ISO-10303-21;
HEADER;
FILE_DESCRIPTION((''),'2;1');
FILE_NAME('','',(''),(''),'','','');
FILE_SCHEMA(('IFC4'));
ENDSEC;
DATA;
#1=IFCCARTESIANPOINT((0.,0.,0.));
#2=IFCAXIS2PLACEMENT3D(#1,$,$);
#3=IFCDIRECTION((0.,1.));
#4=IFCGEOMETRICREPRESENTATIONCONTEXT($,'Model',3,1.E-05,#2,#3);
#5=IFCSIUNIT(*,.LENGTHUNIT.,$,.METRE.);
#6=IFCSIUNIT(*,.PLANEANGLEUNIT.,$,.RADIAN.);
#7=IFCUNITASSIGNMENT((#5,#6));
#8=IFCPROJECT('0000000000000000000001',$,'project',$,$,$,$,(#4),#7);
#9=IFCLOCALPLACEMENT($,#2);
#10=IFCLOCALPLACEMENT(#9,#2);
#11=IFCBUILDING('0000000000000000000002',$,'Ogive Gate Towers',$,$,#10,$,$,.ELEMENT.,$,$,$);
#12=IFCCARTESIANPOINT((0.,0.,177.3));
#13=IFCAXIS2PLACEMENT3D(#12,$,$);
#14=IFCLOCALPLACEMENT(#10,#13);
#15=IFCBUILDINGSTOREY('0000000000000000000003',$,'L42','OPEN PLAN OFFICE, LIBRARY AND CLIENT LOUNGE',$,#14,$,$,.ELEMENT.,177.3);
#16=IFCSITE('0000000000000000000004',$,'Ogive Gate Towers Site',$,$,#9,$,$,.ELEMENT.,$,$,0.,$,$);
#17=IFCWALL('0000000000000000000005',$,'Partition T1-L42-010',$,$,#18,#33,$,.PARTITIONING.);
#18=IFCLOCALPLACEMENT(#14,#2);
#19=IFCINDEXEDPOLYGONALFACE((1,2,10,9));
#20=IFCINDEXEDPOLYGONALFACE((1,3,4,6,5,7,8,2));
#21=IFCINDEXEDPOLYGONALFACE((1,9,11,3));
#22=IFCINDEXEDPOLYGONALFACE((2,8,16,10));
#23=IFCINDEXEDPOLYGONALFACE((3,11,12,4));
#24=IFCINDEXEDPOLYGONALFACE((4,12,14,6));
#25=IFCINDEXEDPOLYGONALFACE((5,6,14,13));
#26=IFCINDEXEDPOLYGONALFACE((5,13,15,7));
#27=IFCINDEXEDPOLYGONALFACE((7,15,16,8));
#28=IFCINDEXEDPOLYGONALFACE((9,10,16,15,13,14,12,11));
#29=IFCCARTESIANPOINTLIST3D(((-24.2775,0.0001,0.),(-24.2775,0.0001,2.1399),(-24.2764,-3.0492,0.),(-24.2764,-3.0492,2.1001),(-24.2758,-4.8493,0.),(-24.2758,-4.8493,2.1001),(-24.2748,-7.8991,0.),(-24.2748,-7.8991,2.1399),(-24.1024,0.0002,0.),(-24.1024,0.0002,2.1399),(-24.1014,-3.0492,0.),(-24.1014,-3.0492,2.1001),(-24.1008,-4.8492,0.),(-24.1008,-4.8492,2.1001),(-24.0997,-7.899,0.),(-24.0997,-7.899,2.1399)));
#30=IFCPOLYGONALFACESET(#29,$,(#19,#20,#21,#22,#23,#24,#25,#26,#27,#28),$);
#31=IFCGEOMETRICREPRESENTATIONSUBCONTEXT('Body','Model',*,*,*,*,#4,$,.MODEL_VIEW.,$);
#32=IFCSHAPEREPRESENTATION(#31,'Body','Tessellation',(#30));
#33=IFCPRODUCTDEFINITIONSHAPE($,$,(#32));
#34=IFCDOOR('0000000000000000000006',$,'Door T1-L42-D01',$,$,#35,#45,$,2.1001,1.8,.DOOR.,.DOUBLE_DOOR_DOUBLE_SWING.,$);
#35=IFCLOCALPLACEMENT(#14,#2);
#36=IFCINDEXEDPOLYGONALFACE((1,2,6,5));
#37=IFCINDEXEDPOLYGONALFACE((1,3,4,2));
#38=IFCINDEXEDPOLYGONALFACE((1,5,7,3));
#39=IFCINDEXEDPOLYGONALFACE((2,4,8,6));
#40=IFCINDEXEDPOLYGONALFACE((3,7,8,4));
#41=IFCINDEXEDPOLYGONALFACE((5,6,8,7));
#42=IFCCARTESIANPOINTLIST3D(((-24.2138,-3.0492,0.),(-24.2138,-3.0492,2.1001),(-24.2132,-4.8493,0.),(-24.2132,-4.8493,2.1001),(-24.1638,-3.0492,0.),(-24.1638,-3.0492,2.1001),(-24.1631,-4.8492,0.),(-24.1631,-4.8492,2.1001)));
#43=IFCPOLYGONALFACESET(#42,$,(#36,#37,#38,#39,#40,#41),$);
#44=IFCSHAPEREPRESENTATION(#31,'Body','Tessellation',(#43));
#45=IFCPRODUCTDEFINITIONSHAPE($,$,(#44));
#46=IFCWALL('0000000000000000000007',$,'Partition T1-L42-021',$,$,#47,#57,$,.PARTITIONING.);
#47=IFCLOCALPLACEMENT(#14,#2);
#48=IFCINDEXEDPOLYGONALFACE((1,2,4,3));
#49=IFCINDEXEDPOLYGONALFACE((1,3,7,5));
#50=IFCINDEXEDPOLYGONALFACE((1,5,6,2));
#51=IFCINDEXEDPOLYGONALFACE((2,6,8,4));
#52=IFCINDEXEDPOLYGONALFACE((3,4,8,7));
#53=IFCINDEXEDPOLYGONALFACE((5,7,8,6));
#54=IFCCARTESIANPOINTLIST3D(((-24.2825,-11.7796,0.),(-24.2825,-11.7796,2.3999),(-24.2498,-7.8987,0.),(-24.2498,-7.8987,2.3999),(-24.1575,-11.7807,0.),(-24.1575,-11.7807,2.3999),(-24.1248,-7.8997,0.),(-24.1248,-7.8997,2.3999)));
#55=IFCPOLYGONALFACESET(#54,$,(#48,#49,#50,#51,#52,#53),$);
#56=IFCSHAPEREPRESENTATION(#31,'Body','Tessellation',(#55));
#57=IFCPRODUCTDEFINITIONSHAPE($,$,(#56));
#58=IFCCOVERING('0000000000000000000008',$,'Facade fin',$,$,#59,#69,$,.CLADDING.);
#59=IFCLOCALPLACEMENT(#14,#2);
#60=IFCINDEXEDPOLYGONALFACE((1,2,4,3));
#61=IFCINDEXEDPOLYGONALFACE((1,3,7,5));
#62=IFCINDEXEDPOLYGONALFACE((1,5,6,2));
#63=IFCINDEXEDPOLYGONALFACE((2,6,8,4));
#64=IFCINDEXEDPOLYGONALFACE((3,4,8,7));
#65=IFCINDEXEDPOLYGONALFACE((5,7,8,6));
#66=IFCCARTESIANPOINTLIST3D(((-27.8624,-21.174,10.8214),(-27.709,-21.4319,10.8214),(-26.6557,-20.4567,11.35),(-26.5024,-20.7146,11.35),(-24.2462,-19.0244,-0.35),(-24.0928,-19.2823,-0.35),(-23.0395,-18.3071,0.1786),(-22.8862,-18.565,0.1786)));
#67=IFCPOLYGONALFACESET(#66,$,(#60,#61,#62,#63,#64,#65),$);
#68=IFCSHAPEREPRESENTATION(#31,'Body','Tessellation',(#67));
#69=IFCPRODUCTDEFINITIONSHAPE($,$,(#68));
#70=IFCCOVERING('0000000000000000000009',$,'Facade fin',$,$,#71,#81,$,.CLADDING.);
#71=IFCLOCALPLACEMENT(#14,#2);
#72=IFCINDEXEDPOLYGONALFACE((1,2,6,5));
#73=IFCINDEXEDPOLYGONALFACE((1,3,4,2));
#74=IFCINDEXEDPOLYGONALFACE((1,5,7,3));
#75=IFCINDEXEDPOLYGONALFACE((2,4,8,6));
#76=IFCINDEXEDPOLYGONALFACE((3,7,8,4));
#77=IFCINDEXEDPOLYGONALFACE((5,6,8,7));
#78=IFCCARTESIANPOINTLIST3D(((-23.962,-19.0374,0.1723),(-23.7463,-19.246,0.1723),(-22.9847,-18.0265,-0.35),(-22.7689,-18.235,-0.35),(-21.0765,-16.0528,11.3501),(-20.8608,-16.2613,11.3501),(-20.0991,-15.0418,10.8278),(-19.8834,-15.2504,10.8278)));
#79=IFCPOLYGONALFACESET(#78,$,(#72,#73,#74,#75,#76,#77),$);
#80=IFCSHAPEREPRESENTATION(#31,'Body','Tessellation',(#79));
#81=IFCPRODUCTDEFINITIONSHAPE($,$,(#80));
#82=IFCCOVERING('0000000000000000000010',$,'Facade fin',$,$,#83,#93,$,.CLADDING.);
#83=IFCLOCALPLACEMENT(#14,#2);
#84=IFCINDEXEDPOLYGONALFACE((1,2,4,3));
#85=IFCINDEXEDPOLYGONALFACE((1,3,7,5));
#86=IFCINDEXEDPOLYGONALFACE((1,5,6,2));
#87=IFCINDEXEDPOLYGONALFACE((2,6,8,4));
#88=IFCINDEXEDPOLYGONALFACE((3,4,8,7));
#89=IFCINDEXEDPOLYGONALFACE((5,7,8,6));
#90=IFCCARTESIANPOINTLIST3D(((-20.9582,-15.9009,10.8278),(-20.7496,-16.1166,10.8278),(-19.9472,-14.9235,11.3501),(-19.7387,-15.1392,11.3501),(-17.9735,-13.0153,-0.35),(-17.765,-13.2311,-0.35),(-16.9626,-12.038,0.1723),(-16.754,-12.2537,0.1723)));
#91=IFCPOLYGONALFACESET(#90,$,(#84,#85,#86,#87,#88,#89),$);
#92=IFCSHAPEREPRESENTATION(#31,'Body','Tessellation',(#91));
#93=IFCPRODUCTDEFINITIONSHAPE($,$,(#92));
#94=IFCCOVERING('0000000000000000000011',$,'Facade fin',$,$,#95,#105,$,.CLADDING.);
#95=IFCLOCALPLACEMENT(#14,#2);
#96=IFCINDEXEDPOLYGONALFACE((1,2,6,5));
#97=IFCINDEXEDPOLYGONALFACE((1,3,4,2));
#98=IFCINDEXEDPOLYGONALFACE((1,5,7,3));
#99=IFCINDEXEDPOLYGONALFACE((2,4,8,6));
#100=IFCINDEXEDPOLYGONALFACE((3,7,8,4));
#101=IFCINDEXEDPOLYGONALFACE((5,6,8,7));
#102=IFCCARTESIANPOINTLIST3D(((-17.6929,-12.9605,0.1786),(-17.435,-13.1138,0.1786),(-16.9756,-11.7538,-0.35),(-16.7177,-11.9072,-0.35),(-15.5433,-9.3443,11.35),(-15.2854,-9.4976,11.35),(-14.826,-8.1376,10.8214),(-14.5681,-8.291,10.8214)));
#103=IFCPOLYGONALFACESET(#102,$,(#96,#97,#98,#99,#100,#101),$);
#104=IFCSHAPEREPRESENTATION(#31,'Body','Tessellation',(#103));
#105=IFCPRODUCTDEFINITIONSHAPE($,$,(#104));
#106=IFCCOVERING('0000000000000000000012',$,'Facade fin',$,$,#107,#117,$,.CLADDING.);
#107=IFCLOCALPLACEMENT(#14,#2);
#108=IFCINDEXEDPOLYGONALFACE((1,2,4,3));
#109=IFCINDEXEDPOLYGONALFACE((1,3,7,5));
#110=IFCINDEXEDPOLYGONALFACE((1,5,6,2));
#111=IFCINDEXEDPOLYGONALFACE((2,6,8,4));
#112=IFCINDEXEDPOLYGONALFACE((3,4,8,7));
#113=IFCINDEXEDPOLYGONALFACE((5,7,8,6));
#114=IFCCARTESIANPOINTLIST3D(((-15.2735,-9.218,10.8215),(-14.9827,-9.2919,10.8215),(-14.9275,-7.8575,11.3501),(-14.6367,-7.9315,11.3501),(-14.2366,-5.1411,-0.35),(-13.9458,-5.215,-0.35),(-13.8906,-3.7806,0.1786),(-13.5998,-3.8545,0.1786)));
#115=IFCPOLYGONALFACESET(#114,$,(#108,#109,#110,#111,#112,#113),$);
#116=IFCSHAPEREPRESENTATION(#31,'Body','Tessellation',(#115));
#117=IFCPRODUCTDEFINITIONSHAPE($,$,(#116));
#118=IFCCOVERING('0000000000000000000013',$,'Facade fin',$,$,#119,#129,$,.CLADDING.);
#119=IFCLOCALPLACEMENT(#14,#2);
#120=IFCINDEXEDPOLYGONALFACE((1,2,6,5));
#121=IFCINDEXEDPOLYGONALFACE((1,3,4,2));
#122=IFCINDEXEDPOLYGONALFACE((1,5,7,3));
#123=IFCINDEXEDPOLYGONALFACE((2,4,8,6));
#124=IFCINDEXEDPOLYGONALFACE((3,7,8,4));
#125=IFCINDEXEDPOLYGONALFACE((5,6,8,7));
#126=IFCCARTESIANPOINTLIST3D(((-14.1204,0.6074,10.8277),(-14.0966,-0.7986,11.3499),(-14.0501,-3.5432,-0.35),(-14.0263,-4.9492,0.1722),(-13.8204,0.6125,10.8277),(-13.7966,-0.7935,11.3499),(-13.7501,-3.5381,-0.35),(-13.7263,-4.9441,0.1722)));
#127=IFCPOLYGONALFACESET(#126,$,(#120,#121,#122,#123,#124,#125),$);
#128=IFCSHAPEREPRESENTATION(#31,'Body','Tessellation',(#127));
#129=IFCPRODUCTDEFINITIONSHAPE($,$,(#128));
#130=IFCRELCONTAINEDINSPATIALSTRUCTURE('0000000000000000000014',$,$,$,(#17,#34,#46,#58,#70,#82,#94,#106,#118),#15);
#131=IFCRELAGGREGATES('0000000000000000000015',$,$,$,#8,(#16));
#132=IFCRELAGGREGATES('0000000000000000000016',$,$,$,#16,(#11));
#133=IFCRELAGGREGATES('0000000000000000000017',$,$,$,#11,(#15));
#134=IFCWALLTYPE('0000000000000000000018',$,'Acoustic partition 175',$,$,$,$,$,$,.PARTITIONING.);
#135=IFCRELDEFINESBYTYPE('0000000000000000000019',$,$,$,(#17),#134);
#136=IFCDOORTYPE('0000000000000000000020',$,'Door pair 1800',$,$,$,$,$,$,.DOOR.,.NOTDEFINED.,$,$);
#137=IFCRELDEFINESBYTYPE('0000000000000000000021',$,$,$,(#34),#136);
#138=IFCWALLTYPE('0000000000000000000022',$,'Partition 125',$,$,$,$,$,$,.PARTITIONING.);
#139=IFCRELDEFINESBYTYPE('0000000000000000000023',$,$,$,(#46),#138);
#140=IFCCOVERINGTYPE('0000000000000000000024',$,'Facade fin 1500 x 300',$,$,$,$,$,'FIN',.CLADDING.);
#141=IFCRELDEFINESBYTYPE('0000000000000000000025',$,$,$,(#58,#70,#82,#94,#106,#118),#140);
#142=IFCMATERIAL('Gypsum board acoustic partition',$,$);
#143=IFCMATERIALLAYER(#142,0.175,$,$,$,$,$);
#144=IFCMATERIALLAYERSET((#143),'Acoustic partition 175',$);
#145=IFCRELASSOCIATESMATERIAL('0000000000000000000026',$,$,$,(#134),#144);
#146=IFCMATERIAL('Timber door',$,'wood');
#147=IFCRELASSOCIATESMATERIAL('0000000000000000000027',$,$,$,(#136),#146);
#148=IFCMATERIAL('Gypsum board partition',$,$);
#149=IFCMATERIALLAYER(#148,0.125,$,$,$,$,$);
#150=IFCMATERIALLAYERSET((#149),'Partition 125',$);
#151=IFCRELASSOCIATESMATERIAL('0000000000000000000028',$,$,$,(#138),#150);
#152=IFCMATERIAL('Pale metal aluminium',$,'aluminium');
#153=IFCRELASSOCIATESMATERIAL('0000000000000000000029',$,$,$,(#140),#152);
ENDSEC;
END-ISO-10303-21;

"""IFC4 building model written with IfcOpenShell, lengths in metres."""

from ifc_helpers import new_model, si_unit, direction, frame, frame_2d, origin, origin_2d, place, context, subcontext, project, spatial, rectangle, extrude, material, layer, layer_set, material_profile, profile_set, type_object, element, fill, save


model = new_model("IFC4")

# Units and contexts
model_context = context("Model", 3, precision=1e-05, world=origin(), true_north=direction((0.0, 1.0)))
body_context = subcontext(model_context, "Body", "Model", "MODEL_VIEW")
ifc_project = project(units=[si_unit("LENGTHUNIT", "METRE"), si_unit("PLANEANGLEUNIT", "RADIAN")], contexts=[model_context])

# Site, building, storey
site_placement = place(None, origin())
site = spatial("IfcSite", under=ifc_project, at=site_placement, Name="Ogive Gate Towers Site", CompositionType="ELEMENT", RefElevation=0.0)
building_placement = place(site_placement, origin())
building = spatial("IfcBuilding", under=site, at=building_placement, Name="Ogive Gate Towers", CompositionType="ELEMENT")
storey_placement = place(building_placement, frame((0.0, 0.0, 177.3)))
storey = spatial("IfcBuildingStorey", under=building, at=storey_placement, Name="L42", Description="OPEN PLAN OFFICE, LIBRARY AND CLIENT LOUNGE", CompositionType="ELEMENT", Elevation=177.3)

# Shared definitions
ifc_material_1 = material(Name="Pale metal aluminium", Category="aluminium")

# Shared definitions
ifc_material_2 = material(Name="Gypsum board acoustic partition")
ifc_layer_1 = layer(ifc_material_2, 0.175)
ifc_layer_set_1 = layer_set([ifc_layer_1], Name="Acoustic partition 175")
wall_type_1 = type_object("IfcWallType", Name="Acoustic partition 175", PredefinedType="PARTITIONING", material=ifc_layer_set_1)

# Wall, opening, door
wall_1_placement = place(storey_placement, frame((-24.1873, -7.8992, 0.0), z_axis=(0.0, 0.0, 1.0), x_axis=(-0.00034, 1.0, 0.0)))
wall_1 = element("IfcWall", 1, at=wall_1_placement, inside=storey, type_object=wall_type_1, Name="Partition T1-L42-010", PredefinedType="PARTITIONING", context=body_context, shape_type="SweptSolid", body=[
    extrude(rectangle(XDim=7.8992, YDim=0.175, at=frame_2d((3.9497, 0.0))), origin(), (0.0, 0.0, 1.0), 2.1399),
])
opening_placement = place(wall_1_placement, frame((3.05, 0.0, 0.0)))
opening = element("IfcOpeningElement", 2, at=opening_placement, cuts=wall_1, PredefinedType="OPENING", context=body_context, shape_type="SweptSolid", body=[
    extrude(rectangle(XDim=1.8, YDim=2.1001, at=frame_2d((0.8999, 1.05))), frame((0.0, 0.0977, 0.0), z_axis=(0.0, -1.0, 0.0), x_axis=(1.0, 0.0, 0.0)), (0.0, 0.0, 1.0), 0.1951),
])
ifc_material_3 = material(Name="Timber door", Category="wood")
door_type = type_object("IfcDoorType", Name="Door pair 1800", OperationType="NOTDEFINED", PredefinedType="DOOR", material=ifc_material_3)
door_placement = place(opening_placement, origin())
door = element("IfcDoor", 3, at=door_placement, inside=storey, type_object=door_type, Name="Door T1-L42-D01", OperationType="DOUBLE_DOOR_DOUBLE_SWING", OverallHeight=2.1001, OverallWidth=1.8, PredefinedType="DOOR", context=body_context, shape_type="SweptSolid", body=[
    extrude(rectangle(XDim=1.8, YDim=2.1001, at=frame_2d((0.8999, 1.05))), frame((0.0, 0.0249, 0.0), z_axis=(0.0, -1.0, 0.0), x_axis=(1.0, 0.0, 0.0)), (0.0, 0.0, 1.0), 0.05),
])
fill(opening, door)

# Wall
ifc_material_4 = material(Name="Gypsum board partition")
ifc_layer_2 = layer(ifc_material_4, 0.125)
ifc_layer_set_2 = layer_set([ifc_layer_2], Name="Partition 125")
wall_type_2 = type_object("IfcWallType", Name="Partition 125", PredefinedType="PARTITIONING", material=ifc_layer_set_2)
wall_2_placement = place(storey_placement, frame((-24.22, -11.78, 0.0), z_axis=(0.0, 0.0, 1.0), x_axis=(0.008429, 0.999964, 0.0)))
element("IfcWall", 4, at=wall_2_placement, inside=storey, type_object=wall_type_2, Name="Partition T1-L42-021", PredefinedType="PARTITIONING", context=body_context, shape_type="SweptSolid", body=[
    extrude(rectangle(XDim=3.8811, YDim=0.125, at=frame_2d((1.9404, 0.0))), origin(), (0.0, 0.0, 1.0), 2.3999),
])

# Coverings
ifc_material_profile_1 = material_profile(ifc_material_1, rectangle(XDim=0.3, YDim=1.5, at=origin_2d()), Name="1500 x 300 pale metal aluminium")
ifc_profile_set_1 = profile_set([ifc_material_profile_1], Name="Pale metal aluminium")
covering_type = type_object("IfcCoveringType", Name="Facade fin 1500 x 300", ElementType="FIN", PredefinedType="CLADDING", material=ifc_profile_set_1)
covering_1_placement = place(storey_placement, frame((-23.5662, -18.7947, -0.0857), z_axis=(-0.302935, -0.18008, 0.935843), x_axis=(0.510984, -0.85959, 0.0)))
element("IfcCovering", 5, at=covering_1_placement, inside=storey, type_object=covering_type, Name="Facade fin", PredefinedType="CLADDING", context=body_context, shape_type="SweptSolid", body=[
    extrude(rectangle(XDim=0.3, YDim=1.5, at=origin_2d()), origin(), (0.0, 0.0, 1.0), 11.9373),
])
for number, where, z_axis, x_axis, name in (
    (6, (-23.3655, -18.6362, -0.0889), (0.241996, 0.250309, 0.937435), (-0.718944, 0.695068, 0.0), "Facade fin"),
    (7, (-17.3638, -12.6345, -0.0889), (-0.250309, -0.241996, 0.937435), (0.695068, -0.718944, 0.0), "Facade fin"),
):
    element("IfcCovering", number, at=place(storey_placement, frame(where, z_axis=z_axis, x_axis=x_axis)), inside=storey, type_object=covering_type, Name=name, PredefinedType="CLADDING", context=body_context, shape_type="SweptSolid", body=[
        extrude(rectangle(XDim=0.3, YDim=1.5, at=origin_2d()), origin(), (0.0, 0.0, 1.0), 11.9238),
    ])
for number, where, z_axis, x_axis, name in (
    (8, (-17.2053, -12.4338, -0.0857), (0.18008, 0.302935, 0.935843), (-0.85959, 0.510984, 0.0), "Facade fin"),
    (9, (-13.9182, -4.4978, -0.0857), (-0.08686, -0.34153, 0.935849), (0.969148, -0.24648, 0.0), "Facade fin"),
):
    element("IfcCovering", number, at=place(storey_placement, frame(where, z_axis=z_axis, x_axis=x_axis)), inside=storey, type_object=covering_type, Name=name, PredefinedType="CLADDING", context=body_context, shape_type="SweptSolid", body=[
        extrude(rectangle(XDim=0.3, YDim=1.5, at=origin_2d()), origin(), (0.0, 0.0, 1.0), 11.9373),
    ])
covering_2_placement = place(storey_placement, frame((-13.8882, -4.2437, -0.0889), z_axis=(-0.005897, 0.3481, 0.937439), x_axis=(-0.999857, -0.016938, 0.0)))
element("IfcCovering", 10, at=covering_2_placement, inside=storey, type_object=covering_type, Name="Facade fin", PredefinedType="CLADDING", context=body_context, shape_type="SweptSolid", body=[
    extrude(rectangle(XDim=0.3, YDim=1.5, at=origin_2d()), origin(), (0.0, 0.0, 1.0), 11.9236),
])

save(model, "model.ifc")
